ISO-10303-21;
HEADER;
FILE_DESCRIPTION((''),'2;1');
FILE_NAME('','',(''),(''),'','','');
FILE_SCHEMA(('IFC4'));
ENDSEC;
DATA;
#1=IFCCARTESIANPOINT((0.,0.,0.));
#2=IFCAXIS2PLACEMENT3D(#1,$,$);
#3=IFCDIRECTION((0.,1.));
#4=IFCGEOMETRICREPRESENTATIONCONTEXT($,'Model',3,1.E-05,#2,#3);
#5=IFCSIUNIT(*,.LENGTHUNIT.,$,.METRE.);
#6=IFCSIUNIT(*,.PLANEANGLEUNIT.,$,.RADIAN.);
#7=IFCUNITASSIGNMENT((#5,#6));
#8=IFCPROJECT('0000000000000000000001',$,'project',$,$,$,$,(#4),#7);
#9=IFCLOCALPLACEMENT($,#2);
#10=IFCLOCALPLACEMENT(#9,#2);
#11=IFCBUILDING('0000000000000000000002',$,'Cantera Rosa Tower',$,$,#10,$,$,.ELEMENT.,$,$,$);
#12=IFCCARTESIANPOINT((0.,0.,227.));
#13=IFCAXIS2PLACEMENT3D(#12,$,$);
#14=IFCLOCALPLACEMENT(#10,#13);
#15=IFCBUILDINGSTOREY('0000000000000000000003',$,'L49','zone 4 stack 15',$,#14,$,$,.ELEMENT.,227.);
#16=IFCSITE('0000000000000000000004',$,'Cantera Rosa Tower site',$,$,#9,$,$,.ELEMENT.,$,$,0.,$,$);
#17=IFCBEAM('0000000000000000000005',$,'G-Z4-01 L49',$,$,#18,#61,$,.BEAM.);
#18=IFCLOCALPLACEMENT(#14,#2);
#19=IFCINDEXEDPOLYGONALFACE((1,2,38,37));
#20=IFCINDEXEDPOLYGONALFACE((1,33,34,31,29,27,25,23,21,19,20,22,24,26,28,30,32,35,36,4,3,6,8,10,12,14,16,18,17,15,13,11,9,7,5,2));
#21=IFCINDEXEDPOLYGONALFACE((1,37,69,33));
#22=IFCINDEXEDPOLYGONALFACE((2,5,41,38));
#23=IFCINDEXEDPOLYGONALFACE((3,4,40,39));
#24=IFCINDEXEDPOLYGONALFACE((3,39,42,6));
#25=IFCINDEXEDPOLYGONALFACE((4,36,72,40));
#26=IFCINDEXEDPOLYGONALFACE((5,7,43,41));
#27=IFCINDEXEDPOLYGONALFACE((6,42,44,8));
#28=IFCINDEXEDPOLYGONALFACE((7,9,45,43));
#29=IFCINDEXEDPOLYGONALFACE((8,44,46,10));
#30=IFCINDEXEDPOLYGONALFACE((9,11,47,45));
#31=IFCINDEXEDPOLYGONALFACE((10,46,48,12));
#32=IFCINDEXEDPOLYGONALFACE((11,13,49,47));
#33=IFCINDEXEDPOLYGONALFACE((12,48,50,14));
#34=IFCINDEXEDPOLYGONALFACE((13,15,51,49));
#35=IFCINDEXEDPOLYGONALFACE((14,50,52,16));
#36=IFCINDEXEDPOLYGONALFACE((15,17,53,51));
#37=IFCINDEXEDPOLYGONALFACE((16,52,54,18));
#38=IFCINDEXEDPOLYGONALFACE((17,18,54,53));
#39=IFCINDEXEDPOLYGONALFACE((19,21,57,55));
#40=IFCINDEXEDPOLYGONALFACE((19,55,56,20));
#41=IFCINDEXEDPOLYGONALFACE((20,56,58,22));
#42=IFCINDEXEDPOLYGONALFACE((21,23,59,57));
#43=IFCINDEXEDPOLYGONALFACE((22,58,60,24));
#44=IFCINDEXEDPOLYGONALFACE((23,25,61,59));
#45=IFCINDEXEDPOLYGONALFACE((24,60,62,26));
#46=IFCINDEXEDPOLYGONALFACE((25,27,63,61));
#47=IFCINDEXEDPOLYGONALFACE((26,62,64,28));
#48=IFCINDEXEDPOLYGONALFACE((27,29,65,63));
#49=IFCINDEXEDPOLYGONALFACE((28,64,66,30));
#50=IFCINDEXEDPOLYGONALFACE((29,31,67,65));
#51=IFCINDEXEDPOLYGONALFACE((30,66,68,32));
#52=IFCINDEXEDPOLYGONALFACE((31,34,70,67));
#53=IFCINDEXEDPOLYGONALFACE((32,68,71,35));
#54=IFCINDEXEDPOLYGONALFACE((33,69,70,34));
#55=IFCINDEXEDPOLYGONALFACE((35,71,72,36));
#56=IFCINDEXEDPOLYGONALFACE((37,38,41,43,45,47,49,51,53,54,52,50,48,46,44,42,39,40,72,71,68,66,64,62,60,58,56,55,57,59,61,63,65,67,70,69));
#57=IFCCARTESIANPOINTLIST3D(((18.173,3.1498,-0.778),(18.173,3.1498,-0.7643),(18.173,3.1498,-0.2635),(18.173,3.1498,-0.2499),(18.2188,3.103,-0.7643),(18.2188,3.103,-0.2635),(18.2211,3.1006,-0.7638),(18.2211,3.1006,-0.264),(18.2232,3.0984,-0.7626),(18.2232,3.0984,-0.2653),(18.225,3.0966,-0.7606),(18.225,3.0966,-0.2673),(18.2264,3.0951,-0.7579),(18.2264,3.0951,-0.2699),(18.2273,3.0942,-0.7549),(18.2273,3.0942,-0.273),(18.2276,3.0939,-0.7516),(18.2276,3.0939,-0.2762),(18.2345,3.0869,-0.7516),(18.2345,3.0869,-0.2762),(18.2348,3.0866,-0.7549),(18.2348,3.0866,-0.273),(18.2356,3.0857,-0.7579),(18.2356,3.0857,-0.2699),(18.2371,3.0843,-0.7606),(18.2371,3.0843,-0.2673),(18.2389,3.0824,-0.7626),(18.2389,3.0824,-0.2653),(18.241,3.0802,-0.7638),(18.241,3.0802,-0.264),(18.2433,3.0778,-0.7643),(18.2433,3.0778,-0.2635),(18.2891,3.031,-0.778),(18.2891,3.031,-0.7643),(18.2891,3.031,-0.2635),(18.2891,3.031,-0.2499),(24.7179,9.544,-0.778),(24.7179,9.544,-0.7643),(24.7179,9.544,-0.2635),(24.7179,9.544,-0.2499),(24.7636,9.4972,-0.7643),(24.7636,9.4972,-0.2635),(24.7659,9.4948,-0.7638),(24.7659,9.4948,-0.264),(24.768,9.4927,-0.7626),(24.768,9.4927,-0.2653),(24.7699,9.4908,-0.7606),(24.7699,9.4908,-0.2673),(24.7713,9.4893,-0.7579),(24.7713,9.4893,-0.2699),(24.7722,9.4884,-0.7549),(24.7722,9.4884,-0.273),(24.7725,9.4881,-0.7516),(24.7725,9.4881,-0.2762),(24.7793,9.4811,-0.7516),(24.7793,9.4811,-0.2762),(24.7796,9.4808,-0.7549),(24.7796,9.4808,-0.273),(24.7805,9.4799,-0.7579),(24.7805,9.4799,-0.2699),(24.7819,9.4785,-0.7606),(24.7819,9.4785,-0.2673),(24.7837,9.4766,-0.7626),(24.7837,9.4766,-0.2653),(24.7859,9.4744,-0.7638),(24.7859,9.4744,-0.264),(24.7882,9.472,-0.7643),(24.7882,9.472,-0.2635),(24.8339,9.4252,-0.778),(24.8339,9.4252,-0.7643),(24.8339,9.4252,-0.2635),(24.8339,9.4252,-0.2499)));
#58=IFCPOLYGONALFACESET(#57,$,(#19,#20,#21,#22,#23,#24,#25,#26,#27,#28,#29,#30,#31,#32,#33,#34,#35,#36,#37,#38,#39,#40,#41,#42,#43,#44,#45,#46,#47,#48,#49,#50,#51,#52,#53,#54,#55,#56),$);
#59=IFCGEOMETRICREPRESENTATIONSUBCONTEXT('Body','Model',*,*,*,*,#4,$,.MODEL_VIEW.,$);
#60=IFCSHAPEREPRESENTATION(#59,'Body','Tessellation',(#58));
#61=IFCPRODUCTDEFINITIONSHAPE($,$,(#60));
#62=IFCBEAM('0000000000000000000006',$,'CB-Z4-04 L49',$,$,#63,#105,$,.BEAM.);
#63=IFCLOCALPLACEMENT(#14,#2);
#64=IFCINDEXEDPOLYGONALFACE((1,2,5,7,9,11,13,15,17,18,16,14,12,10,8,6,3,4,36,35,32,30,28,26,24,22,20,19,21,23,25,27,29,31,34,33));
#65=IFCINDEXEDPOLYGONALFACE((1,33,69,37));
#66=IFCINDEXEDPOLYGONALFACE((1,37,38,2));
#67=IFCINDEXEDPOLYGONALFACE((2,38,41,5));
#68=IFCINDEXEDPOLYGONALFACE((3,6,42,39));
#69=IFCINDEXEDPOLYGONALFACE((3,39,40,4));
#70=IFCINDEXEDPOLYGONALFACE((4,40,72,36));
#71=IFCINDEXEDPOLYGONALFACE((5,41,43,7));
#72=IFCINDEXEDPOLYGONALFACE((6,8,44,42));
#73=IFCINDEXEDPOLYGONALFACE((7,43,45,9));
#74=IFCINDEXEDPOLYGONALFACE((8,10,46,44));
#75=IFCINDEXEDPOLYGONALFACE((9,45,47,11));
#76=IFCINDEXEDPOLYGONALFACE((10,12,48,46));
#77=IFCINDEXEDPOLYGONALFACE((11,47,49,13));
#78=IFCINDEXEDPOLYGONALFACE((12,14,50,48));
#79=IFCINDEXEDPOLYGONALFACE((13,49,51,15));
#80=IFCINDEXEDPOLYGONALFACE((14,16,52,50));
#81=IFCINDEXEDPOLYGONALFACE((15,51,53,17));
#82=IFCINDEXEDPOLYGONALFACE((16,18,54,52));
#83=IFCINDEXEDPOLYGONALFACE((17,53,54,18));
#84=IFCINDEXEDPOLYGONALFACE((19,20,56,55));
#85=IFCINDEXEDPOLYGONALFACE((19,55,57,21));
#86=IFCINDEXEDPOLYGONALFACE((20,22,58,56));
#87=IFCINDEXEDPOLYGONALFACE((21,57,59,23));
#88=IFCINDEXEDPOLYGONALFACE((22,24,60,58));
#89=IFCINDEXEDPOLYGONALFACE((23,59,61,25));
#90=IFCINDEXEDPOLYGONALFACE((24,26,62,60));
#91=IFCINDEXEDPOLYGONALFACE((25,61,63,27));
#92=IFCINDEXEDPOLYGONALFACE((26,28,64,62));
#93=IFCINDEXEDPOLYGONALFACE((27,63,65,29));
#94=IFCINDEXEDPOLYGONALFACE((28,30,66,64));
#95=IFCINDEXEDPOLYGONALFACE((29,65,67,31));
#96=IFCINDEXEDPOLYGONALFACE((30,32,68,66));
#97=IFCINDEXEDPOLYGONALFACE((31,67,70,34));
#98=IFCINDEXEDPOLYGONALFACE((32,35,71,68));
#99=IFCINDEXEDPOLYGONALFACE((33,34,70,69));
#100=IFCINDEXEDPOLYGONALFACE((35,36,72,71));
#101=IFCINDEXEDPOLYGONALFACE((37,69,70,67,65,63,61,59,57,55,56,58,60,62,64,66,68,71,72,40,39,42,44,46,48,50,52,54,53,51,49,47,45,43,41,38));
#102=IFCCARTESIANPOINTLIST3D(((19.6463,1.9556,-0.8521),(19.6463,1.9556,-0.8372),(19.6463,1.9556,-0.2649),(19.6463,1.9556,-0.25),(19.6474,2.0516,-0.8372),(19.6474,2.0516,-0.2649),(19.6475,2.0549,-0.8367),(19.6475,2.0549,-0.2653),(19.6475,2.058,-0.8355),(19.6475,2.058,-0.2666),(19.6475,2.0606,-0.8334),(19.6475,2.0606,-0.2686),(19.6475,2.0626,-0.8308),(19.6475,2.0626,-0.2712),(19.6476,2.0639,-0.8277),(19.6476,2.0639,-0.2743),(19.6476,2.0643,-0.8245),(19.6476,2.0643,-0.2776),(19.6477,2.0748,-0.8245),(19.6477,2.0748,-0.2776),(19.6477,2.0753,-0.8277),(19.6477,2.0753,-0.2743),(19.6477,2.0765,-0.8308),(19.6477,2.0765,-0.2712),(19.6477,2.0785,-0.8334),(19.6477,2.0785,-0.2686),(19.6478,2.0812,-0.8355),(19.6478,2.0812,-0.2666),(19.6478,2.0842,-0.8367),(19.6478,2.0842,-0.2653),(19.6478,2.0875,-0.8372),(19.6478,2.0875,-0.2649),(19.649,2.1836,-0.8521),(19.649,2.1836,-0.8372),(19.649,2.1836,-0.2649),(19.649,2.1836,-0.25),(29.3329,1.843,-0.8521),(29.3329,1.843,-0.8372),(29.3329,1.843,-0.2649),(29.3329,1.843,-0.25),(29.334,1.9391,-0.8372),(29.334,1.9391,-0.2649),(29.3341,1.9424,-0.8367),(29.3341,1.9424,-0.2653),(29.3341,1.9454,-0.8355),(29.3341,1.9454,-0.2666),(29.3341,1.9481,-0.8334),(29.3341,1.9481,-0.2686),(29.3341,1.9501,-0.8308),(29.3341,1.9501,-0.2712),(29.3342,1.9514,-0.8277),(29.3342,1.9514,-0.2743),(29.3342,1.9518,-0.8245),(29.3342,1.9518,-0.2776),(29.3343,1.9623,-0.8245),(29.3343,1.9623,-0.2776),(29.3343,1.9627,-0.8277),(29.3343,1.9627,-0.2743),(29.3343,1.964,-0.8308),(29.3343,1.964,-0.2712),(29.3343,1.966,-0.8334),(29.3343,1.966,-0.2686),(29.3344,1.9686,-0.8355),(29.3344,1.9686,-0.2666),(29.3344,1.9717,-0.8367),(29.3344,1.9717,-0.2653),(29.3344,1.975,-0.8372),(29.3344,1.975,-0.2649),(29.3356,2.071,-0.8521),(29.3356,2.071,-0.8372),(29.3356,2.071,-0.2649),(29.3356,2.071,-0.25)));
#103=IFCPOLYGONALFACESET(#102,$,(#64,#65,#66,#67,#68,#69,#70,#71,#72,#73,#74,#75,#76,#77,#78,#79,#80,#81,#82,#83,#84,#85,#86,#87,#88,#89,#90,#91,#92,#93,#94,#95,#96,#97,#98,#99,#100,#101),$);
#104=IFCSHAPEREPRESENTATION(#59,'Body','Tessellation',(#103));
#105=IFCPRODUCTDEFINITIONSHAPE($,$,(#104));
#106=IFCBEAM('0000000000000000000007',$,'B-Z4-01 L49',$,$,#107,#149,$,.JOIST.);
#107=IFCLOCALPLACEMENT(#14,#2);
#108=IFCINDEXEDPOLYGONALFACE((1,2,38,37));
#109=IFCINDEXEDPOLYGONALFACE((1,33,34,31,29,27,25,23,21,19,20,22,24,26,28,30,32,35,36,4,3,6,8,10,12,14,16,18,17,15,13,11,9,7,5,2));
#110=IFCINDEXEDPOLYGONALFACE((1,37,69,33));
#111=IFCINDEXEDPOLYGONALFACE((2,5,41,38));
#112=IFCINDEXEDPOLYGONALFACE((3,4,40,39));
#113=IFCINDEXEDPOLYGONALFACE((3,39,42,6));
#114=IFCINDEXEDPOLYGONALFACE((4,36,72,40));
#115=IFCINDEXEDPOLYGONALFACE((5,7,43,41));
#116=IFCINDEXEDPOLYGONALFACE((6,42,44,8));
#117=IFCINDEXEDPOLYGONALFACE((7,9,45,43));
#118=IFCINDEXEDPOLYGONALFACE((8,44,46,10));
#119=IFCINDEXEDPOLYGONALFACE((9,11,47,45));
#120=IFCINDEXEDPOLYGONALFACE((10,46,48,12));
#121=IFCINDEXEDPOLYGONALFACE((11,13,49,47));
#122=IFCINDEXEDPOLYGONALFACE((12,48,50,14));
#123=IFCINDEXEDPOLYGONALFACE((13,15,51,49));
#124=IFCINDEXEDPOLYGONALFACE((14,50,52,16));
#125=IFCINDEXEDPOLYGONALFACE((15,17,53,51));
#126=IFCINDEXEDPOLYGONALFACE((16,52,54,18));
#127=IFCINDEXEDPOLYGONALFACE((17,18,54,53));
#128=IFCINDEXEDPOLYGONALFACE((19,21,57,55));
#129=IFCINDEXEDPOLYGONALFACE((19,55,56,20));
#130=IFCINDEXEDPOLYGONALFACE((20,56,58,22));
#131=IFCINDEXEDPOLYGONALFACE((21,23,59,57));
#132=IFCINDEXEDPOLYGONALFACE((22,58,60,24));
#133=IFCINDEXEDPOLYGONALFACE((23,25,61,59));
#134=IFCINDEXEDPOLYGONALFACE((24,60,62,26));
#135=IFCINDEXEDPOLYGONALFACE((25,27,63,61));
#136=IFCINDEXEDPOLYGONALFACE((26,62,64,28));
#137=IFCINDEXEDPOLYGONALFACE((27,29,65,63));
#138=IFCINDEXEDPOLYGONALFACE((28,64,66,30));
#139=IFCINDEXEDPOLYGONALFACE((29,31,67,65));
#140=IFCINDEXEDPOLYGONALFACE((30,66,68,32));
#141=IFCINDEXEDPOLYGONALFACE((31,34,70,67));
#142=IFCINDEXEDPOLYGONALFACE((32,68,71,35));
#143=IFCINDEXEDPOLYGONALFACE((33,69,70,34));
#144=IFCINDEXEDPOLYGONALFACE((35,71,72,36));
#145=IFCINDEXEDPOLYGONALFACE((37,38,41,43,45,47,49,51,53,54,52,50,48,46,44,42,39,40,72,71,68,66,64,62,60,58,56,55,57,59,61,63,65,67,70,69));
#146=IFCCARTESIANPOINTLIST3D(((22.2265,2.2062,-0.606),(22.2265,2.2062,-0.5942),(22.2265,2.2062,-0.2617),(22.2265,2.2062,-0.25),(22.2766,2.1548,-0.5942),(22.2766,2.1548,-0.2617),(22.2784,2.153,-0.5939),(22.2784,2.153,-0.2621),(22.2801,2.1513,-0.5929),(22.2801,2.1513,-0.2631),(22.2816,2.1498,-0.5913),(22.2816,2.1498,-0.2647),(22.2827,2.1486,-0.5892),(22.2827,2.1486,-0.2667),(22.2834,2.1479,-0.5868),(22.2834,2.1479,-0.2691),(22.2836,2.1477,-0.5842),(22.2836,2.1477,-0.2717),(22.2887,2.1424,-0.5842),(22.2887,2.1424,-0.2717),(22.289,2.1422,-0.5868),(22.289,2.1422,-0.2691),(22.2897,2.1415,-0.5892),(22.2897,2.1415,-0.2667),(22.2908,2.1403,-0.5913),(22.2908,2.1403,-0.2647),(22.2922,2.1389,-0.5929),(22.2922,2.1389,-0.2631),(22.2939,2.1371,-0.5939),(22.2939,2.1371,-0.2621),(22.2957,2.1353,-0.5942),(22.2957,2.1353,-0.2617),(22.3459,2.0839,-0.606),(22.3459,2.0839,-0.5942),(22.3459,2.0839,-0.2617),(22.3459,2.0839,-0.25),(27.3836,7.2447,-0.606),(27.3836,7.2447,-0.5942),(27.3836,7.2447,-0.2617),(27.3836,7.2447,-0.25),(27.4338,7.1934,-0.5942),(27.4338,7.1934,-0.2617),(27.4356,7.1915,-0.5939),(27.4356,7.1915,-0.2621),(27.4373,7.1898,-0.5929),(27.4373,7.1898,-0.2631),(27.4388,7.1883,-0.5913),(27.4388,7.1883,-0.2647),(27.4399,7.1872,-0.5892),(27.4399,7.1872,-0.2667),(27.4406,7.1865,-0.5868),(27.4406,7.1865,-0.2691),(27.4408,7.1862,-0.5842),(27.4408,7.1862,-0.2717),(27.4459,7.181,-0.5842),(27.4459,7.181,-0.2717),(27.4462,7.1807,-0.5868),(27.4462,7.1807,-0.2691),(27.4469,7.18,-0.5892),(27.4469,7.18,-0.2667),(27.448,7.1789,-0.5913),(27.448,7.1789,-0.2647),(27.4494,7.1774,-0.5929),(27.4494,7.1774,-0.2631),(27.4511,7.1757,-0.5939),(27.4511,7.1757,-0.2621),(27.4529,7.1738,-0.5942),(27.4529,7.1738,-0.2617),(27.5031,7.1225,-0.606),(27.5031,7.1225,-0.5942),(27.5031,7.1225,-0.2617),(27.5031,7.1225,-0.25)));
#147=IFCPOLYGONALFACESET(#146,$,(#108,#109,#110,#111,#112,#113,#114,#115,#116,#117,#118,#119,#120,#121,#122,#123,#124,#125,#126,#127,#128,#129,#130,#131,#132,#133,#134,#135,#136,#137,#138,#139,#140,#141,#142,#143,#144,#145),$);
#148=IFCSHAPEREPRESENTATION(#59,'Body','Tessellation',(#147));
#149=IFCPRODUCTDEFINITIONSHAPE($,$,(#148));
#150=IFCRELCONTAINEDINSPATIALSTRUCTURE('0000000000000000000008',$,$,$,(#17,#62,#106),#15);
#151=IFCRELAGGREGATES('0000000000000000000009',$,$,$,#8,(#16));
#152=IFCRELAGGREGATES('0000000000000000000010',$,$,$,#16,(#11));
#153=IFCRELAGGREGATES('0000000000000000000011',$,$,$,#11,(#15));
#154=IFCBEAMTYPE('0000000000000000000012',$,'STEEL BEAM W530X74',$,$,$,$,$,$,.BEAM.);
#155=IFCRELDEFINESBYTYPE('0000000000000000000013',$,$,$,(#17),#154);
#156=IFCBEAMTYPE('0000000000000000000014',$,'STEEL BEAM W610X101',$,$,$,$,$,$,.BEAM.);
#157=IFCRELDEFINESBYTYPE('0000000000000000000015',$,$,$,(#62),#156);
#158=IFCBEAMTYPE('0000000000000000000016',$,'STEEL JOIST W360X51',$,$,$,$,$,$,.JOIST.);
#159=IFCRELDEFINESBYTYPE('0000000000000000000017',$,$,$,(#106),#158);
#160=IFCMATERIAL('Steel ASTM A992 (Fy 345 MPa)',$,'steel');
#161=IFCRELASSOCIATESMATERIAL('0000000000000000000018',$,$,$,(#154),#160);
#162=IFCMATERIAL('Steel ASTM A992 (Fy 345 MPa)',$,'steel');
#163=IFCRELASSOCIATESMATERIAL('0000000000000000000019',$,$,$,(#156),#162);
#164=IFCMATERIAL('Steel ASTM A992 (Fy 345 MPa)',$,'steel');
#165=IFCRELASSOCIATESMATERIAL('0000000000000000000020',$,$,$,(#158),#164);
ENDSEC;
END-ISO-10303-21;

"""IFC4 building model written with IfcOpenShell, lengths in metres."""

from ifc_helpers import new_model, si_unit, direction, frame, origin, origin_2d, place, context, subcontext, project, spatial, i_section, extrude, material, material_profile, profile_set, type_object, element, save


model = new_model("IFC4")

# Units and contexts
model_context = context("Model", 3, precision=1e-05, world=origin(), true_north=direction((0.0, 1.0)))
body_context = subcontext(model_context, "Body", "Model", "MODEL_VIEW")
ifc_project = project(units=[si_unit("LENGTHUNIT", "METRE"), si_unit("PLANEANGLEUNIT", "RADIAN")], contexts=[model_context])

# Site, building, storey
site_placement = place(None, origin())
site = spatial("IfcSite", under=ifc_project, at=site_placement, Name="Cantera Rosa Tower site", CompositionType="ELEMENT", RefElevation=0.0)
building_placement = place(site_placement, origin())
building = spatial("IfcBuilding", under=site, at=building_placement, Name="Cantera Rosa Tower", CompositionType="ELEMENT")
storey_placement = place(building_placement, frame((0.0, 0.0, 227.0)))
storey = spatial("IfcBuildingStorey", under=building, at=storey_placement, Name="L49", Description="zone 4 stack 15", CompositionType="ELEMENT", Elevation=227.0)

# Beams
ifc_material_1 = material(Name="Steel ASTM A992 (Fy 345 MPa)", Category="steel")
ifc_material_profile_1 = material_profile(ifc_material_1, i_section(OverallWidth=0.166, OverallDepth=0.5281, WebThickness=0.0098, FlangeThickness=0.0137, FilletRadius=0.0127, at=origin_2d()), Name="W530X74")
ifc_profile_set_1 = profile_set([ifc_material_profile_1], Name="Steel ASTM A992 (Fy 345 MPa)")
beam_type_1 = type_object("IfcBeamType", Name="STEEL BEAM W530X74", PredefinedType="BEAM", material=ifc_profile_set_1)
beam_1_placement = place(storey_placement, frame((24.7759, 9.4846, -0.5139), z_axis=(-0.71529, -0.698827, 0.0), x_axis=(0.698827, -0.71529, 0.0)))
element("IfcBeam", 1, at=beam_1_placement, inside=storey, type_object=beam_type_1, Name="G-Z4-01 L49", PredefinedType="BEAM", context=body_context, shape_type="SweptSolid", body=[
    extrude(i_section(OverallWidth=0.166, OverallDepth=0.5281, WebThickness=0.0098, FlangeThickness=0.0137, FilletRadius=0.0127, at=origin_2d()), origin(), (0.0, 0.0, 1.0), 9.1499),
])
ifc_material_2 = material(Name="Steel ASTM A992 (Fy 345 MPa)", Category="steel")
ifc_material_profile_2 = material_profile(ifc_material_2, i_section(OverallWidth=0.228, OverallDepth=0.6021, WebThickness=0.0105, FlangeThickness=0.0149, FilletRadius=0.0127, at=origin_2d()), Name="W610X101")
ifc_profile_set_2 = profile_set([ifc_material_profile_2], Name="Steel ASTM A992 (Fy 345 MPa)")
beam_type_2 = type_object("IfcBeamType", Name="STEEL BEAM W610X101", PredefinedType="BEAM", material=ifc_profile_set_2)
beam_2_placement = place(storey_placement, frame((29.3342, 1.957, -0.551), z_axis=(-0.999933, 0.011618, 0.0), x_axis=(-0.011618, -0.999933, 0.0)))
element("IfcBeam", 2, at=beam_2_placement, inside=storey, type_object=beam_type_2, Name="CB-Z4-04 L49", PredefinedType="BEAM", context=body_context, shape_type="SweptSolid", body=[
    extrude(i_section(OverallWidth=0.228, OverallDepth=0.6021, WebThickness=0.0105, FlangeThickness=0.0149, FilletRadius=0.0127, at=origin_2d()), origin(), (0.0, 0.0, 1.0), 9.6873),
])
ifc_material_3 = material(Name="Steel ASTM A992 (Fy 345 MPa)", Category="steel")
ifc_material_profile_3 = material_profile(ifc_material_3, i_section(OverallWidth=0.1709, OverallDepth=0.356, WebThickness=0.0073, FlangeThickness=0.0117, FilletRadius=0.01, at=origin_2d()), Name="W360X51")
ifc_profile_set_3 = profile_set([ifc_material_profile_3], Name="Steel ASTM A992 (Fy 345 MPa)")
beam_type_3 = type_object("IfcBeamType", Name="STEEL JOIST W360X51", PredefinedType="JOIST", material=ifc_profile_set_3)
beam_3_placement = place(storey_placement, frame((27.4434, 7.1836, -0.428), z_axis=(-0.715287, -0.698831, 0.0), x_axis=(0.698831, -0.715287, 0.0)))
element("IfcBeam", 3, at=beam_3_placement, inside=storey, type_object=beam_type_3, Name="B-Z4-01 L49", PredefinedType="JOIST", context=body_context, shape_type="SweptSolid", body=[
    extrude(i_section(OverallWidth=0.1709, OverallDepth=0.356, WebThickness=0.0073, FlangeThickness=0.0117, FilletRadius=0.01, at=origin_2d()), origin(), (0.0, 0.0, 1.0), 7.21),
])

save(model, "model.ifc")
